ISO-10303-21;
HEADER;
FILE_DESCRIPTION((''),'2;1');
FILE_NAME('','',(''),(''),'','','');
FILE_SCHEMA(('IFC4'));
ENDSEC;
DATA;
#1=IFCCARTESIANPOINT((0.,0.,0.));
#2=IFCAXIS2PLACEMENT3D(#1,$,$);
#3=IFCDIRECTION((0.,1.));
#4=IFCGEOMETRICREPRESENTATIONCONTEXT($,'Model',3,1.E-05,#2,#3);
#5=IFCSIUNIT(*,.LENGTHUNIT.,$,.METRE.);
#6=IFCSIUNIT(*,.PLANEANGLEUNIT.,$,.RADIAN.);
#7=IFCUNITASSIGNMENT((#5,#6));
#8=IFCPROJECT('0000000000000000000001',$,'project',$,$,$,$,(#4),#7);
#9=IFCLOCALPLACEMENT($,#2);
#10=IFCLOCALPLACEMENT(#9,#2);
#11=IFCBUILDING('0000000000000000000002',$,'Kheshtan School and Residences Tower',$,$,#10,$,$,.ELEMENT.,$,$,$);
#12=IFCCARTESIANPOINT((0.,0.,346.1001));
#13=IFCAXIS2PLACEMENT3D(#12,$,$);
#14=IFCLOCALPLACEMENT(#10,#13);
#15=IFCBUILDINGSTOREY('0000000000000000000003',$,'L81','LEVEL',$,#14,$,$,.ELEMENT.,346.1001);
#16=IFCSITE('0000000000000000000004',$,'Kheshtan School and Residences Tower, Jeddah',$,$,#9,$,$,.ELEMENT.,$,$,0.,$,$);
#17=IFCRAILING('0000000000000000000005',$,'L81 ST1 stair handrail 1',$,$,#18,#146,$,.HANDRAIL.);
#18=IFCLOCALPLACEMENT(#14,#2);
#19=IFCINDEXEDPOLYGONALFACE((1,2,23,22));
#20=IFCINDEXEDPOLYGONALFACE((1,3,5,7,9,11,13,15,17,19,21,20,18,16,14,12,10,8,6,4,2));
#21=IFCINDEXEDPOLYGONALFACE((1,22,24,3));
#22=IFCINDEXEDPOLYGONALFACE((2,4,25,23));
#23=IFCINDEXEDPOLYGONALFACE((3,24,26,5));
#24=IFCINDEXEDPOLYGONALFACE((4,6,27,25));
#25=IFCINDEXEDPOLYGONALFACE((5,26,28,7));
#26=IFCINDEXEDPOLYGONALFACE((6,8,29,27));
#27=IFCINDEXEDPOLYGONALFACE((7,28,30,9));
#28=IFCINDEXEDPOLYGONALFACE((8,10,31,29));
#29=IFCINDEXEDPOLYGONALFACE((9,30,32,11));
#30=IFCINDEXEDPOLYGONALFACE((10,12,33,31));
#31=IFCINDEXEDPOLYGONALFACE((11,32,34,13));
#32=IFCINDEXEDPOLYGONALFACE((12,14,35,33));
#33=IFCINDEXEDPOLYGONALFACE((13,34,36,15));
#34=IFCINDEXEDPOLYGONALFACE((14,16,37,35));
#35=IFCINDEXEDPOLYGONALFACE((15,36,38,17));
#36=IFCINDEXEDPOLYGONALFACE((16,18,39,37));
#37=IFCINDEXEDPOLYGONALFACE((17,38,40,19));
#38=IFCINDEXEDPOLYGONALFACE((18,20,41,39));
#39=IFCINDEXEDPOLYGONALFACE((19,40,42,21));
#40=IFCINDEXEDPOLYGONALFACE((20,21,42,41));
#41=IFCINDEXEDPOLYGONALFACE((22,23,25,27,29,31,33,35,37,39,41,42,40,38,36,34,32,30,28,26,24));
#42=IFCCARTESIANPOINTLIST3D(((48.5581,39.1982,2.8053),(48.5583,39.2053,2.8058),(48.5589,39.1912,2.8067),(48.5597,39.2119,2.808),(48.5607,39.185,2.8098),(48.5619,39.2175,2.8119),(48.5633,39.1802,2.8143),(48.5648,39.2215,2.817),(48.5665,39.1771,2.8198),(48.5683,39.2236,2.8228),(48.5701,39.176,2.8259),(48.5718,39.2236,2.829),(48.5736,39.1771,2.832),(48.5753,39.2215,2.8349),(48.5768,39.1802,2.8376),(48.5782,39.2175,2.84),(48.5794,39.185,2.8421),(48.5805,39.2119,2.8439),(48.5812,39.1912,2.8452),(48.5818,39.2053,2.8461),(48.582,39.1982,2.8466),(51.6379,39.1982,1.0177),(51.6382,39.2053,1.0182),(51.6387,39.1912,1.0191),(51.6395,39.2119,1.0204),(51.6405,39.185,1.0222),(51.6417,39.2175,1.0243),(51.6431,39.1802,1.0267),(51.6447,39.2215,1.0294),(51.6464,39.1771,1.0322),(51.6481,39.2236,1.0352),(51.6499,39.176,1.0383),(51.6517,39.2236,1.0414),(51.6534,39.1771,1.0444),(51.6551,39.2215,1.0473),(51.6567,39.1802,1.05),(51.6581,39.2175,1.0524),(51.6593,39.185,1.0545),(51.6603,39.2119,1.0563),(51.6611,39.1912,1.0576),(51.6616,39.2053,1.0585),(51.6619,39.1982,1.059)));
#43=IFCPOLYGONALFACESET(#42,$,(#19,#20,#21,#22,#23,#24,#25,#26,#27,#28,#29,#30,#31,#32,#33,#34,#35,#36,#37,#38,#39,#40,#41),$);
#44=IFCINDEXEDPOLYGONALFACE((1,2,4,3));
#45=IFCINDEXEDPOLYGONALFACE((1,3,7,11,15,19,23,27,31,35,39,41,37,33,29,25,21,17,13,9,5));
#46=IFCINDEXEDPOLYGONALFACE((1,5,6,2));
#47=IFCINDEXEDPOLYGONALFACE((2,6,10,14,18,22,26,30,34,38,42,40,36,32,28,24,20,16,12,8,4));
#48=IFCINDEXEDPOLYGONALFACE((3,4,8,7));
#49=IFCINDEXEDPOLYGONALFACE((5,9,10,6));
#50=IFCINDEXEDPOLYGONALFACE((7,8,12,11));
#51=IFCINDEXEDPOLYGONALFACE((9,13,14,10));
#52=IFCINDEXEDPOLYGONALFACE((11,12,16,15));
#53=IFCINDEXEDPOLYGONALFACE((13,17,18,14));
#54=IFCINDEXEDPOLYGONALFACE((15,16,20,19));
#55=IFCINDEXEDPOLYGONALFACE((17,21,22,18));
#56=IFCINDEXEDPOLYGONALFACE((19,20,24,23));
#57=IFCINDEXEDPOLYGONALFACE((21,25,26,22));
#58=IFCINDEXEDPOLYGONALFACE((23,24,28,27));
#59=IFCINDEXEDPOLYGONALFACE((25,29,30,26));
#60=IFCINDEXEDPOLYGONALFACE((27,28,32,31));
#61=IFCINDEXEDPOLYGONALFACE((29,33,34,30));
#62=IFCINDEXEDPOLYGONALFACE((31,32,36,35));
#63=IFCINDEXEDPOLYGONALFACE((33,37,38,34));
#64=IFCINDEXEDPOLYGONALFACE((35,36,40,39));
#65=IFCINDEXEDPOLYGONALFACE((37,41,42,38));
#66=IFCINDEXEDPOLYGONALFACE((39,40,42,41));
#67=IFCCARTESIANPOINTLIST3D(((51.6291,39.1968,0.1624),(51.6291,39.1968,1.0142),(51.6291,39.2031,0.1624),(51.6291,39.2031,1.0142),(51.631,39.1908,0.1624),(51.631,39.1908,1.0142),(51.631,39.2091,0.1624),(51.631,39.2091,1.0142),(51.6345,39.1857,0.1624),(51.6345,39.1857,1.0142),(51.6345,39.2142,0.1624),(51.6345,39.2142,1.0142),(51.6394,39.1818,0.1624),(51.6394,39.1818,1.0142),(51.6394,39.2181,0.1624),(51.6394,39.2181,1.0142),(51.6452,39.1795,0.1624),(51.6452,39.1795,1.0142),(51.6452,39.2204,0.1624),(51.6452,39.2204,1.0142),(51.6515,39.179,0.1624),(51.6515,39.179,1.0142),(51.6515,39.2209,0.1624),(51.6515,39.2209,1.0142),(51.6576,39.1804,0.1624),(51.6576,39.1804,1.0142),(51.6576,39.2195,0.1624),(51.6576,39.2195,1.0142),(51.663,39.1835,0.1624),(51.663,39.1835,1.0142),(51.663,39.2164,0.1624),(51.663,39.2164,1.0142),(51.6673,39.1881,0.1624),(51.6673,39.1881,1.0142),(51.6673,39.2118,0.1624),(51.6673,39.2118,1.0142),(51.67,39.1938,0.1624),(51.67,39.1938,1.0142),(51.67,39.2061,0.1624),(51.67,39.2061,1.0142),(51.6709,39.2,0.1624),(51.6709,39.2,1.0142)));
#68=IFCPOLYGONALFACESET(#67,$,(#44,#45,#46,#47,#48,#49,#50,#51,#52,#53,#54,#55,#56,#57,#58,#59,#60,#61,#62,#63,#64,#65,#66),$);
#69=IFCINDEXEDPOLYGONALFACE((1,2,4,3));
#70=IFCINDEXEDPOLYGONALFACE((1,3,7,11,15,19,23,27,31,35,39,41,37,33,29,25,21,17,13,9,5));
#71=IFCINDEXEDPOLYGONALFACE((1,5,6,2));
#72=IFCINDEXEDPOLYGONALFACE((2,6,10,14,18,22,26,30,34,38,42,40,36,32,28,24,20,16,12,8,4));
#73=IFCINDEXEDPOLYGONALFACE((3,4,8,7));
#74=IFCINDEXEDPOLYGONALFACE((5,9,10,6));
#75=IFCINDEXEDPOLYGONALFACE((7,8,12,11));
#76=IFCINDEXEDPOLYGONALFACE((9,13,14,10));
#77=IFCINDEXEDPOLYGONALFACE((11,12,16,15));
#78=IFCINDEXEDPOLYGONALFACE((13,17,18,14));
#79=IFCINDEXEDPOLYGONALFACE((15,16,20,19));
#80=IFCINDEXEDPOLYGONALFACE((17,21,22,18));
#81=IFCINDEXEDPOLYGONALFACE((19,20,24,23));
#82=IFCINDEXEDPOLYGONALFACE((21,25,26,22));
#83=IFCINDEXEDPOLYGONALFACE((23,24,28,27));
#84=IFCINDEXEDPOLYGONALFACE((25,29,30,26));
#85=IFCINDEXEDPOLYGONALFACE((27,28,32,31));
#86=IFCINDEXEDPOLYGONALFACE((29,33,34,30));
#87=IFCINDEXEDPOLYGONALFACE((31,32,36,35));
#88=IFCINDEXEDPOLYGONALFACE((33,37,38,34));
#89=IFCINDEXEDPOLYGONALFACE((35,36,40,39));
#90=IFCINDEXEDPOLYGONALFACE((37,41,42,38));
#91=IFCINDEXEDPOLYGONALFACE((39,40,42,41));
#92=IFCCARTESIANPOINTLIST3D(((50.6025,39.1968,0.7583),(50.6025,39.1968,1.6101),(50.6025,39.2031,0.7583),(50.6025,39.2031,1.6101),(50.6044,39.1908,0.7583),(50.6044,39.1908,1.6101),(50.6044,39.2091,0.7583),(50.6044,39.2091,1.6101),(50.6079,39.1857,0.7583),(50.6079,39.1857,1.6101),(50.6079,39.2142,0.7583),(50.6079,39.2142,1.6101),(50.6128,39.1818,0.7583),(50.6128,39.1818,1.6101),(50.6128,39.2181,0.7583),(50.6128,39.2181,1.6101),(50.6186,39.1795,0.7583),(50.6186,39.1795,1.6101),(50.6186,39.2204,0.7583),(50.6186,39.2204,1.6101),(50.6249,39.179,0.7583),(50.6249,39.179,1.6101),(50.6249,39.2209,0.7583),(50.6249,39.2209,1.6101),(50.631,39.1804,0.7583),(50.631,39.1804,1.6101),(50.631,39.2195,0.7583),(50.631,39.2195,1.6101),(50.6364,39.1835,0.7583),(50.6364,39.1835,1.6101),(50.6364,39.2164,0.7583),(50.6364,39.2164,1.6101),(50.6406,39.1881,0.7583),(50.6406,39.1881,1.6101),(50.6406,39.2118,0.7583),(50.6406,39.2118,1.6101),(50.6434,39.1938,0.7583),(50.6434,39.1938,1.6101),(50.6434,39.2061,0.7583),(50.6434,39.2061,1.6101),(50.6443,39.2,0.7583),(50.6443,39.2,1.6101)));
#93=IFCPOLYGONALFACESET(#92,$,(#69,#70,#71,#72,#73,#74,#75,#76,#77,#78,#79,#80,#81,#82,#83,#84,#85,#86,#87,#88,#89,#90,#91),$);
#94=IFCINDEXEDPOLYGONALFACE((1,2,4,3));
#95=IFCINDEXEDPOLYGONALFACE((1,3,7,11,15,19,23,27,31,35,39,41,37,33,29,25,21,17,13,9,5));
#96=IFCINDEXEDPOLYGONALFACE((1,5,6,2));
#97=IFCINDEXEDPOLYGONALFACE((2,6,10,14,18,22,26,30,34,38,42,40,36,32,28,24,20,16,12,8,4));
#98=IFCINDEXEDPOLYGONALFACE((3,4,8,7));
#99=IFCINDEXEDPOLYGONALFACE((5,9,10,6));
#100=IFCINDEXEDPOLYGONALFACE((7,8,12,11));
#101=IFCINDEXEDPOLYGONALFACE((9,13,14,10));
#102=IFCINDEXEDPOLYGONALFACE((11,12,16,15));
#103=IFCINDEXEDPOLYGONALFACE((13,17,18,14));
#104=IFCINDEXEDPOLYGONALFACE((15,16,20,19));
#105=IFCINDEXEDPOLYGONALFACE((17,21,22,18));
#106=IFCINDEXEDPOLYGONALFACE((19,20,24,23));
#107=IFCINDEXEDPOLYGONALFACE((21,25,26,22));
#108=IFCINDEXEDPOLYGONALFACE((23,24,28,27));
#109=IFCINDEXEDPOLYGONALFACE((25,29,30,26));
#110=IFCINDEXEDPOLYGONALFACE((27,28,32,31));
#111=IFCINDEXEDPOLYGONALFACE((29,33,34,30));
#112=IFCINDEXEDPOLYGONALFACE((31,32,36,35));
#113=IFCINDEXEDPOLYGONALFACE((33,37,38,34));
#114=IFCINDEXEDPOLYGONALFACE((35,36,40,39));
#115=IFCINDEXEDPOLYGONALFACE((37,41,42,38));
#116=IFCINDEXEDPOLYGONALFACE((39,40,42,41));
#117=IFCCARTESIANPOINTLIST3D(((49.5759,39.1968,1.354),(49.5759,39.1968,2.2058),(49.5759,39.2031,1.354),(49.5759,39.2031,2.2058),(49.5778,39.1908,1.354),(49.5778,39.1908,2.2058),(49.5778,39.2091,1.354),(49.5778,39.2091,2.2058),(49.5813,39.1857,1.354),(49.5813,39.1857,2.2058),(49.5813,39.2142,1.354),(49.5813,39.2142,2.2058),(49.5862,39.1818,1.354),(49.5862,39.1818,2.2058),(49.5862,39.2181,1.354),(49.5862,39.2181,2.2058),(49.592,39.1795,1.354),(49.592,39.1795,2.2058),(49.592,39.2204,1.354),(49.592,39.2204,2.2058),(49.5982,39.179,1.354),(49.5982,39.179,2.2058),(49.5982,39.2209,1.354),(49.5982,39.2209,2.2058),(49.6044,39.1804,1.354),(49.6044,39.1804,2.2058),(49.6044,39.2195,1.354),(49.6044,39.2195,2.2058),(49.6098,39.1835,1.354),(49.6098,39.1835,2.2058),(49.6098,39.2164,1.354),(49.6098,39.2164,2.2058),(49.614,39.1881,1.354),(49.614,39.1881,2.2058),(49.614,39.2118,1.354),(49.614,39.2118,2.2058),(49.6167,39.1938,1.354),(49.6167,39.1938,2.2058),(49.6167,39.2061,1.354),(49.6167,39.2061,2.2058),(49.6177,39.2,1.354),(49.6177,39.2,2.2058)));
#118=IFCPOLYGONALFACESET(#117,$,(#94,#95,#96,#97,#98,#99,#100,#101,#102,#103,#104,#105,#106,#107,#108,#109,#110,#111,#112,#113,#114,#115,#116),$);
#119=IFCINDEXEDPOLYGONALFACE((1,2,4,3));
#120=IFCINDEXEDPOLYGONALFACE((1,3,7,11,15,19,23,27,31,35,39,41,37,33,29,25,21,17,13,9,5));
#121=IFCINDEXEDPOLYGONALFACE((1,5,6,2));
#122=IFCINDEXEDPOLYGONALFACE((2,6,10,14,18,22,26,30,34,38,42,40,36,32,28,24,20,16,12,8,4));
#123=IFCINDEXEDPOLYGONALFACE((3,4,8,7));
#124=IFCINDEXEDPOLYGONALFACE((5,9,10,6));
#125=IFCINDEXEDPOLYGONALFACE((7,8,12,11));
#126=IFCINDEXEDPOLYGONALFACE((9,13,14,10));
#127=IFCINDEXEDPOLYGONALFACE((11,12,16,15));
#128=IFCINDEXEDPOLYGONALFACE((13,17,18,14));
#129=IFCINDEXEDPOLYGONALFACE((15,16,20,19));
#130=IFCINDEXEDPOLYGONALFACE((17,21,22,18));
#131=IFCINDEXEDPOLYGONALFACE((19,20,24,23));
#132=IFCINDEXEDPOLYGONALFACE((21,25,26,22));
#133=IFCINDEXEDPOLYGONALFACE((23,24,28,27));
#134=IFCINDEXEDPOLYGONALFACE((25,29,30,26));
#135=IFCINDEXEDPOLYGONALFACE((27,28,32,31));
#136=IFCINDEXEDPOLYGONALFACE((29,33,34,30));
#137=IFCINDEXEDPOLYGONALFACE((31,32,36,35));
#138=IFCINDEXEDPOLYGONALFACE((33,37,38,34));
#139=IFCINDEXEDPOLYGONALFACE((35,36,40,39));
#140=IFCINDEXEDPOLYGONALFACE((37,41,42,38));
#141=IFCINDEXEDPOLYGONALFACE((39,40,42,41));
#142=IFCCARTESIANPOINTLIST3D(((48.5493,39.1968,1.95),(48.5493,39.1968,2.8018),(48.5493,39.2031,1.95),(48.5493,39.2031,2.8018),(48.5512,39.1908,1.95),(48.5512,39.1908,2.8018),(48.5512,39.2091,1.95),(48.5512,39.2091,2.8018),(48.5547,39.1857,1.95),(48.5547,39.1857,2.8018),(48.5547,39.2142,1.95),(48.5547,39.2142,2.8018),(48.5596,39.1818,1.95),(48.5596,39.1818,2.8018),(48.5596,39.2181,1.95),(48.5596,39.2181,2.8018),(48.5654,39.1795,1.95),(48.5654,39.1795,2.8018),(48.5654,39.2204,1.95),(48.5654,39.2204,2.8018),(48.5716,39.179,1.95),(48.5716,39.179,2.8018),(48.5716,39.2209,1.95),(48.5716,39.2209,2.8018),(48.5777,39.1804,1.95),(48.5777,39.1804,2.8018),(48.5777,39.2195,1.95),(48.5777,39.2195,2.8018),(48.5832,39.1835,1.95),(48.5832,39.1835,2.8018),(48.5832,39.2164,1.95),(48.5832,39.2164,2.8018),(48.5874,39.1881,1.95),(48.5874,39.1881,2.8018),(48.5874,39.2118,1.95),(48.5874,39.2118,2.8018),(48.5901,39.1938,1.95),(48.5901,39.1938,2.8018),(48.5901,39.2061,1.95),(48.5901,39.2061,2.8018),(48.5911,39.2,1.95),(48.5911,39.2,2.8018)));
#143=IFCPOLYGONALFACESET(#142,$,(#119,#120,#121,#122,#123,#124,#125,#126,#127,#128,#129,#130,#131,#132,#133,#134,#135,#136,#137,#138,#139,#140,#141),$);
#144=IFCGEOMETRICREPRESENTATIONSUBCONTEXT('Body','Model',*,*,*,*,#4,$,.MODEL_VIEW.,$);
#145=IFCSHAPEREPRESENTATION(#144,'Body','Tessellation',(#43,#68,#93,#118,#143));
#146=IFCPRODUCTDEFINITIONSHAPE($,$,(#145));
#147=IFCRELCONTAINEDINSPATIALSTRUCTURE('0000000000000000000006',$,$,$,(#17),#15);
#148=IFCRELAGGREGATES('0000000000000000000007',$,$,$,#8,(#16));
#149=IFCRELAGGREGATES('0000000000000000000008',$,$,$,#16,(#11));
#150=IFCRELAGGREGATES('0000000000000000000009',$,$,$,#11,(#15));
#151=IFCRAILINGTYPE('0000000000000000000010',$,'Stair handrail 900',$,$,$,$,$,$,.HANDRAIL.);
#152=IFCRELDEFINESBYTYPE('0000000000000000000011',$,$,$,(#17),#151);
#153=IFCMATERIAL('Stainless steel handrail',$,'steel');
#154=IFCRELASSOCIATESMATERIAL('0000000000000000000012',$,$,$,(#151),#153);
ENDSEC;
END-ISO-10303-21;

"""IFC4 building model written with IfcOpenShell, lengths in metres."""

from ifc_helpers import new_model, si_unit, direction, frame, origin, origin_2d, place, context, subcontext, project, spatial, circle, extrude, material, type_object, element, save


model = new_model("IFC4")

# Units and contexts
model_context = context("Model", 3, precision=1e-05, world=origin(), true_north=direction((0.0, 1.0)))
body_context = subcontext(model_context, "Body", "Model", "MODEL_VIEW")
ifc_project = project(units=[si_unit("LENGTHUNIT", "METRE"), si_unit("PLANEANGLEUNIT", "RADIAN")], contexts=[model_context])

# Site, building, storey
site_placement = place(None, origin())
site = spatial("IfcSite", under=ifc_project, at=site_placement, Name="Kheshtan School and Residences Tower, Jeddah", CompositionType="ELEMENT", RefElevation=0.0)
building_placement = place(site_placement, origin())
building = spatial("IfcBuilding", under=site, at=building_placement, Name="Kheshtan School and Residences Tower", CompositionType="ELEMENT")
storey_placement = place(building_placement, frame((0.0, 0.0, 346.1001)))
storey = spatial("IfcBuildingStorey", under=building, at=storey_placement, Name="L81", Description="LEVEL", CompositionType="ELEMENT", Elevation=346.1001)

# Railing
ifc_material_1 = material(Name="Stainless steel handrail", Category="steel")
railing_type_1 = type_object("IfcRailingType", Name="Stair handrail 900", PredefinedType="HANDRAIL", material=ifc_material_1)
railing_1_placement = place(storey_placement, frame((51.6499, 39.2, 0.1624)))
element("IfcRailing", 1, at=railing_1_placement, inside=storey, type_object=railing_type_1, Name="L81 ST1 stair handrail 1", PredefinedType="HANDRAIL", context=body_context, shape_type="SweptSolid", body=[
    extrude(circle(Radius=0.0239, at=origin_2d()), frame((0.0, 0.0, 0.876), z_axis=(-0.864873, 0.0, 0.50199), x_axis=(0.0, -1.0, 0.0)), (0.0, 0.0, 1.0), 3.561),
    extrude(circle(Radius=0.021, at=origin_2d()), origin(), (0.0, 0.0, 1.0), 0.8518),
    extrude(circle(Radius=0.021, at=origin_2d()), frame((-1.0266, 0.0, 0.5959)), (0.0, 0.0, 1.0), 0.8518),
    extrude(circle(Radius=0.021, at=origin_2d()), frame((-2.0532, 0.0, 1.1917)), (0.0, 0.0, 1.0), 0.8518),
    extrude(circle(Radius=0.021, at=origin_2d()), frame((-3.0798, 0.0, 1.7876)), (0.0, 0.0, 1.0), 0.8518),
])

save(model, "model.ifc")
